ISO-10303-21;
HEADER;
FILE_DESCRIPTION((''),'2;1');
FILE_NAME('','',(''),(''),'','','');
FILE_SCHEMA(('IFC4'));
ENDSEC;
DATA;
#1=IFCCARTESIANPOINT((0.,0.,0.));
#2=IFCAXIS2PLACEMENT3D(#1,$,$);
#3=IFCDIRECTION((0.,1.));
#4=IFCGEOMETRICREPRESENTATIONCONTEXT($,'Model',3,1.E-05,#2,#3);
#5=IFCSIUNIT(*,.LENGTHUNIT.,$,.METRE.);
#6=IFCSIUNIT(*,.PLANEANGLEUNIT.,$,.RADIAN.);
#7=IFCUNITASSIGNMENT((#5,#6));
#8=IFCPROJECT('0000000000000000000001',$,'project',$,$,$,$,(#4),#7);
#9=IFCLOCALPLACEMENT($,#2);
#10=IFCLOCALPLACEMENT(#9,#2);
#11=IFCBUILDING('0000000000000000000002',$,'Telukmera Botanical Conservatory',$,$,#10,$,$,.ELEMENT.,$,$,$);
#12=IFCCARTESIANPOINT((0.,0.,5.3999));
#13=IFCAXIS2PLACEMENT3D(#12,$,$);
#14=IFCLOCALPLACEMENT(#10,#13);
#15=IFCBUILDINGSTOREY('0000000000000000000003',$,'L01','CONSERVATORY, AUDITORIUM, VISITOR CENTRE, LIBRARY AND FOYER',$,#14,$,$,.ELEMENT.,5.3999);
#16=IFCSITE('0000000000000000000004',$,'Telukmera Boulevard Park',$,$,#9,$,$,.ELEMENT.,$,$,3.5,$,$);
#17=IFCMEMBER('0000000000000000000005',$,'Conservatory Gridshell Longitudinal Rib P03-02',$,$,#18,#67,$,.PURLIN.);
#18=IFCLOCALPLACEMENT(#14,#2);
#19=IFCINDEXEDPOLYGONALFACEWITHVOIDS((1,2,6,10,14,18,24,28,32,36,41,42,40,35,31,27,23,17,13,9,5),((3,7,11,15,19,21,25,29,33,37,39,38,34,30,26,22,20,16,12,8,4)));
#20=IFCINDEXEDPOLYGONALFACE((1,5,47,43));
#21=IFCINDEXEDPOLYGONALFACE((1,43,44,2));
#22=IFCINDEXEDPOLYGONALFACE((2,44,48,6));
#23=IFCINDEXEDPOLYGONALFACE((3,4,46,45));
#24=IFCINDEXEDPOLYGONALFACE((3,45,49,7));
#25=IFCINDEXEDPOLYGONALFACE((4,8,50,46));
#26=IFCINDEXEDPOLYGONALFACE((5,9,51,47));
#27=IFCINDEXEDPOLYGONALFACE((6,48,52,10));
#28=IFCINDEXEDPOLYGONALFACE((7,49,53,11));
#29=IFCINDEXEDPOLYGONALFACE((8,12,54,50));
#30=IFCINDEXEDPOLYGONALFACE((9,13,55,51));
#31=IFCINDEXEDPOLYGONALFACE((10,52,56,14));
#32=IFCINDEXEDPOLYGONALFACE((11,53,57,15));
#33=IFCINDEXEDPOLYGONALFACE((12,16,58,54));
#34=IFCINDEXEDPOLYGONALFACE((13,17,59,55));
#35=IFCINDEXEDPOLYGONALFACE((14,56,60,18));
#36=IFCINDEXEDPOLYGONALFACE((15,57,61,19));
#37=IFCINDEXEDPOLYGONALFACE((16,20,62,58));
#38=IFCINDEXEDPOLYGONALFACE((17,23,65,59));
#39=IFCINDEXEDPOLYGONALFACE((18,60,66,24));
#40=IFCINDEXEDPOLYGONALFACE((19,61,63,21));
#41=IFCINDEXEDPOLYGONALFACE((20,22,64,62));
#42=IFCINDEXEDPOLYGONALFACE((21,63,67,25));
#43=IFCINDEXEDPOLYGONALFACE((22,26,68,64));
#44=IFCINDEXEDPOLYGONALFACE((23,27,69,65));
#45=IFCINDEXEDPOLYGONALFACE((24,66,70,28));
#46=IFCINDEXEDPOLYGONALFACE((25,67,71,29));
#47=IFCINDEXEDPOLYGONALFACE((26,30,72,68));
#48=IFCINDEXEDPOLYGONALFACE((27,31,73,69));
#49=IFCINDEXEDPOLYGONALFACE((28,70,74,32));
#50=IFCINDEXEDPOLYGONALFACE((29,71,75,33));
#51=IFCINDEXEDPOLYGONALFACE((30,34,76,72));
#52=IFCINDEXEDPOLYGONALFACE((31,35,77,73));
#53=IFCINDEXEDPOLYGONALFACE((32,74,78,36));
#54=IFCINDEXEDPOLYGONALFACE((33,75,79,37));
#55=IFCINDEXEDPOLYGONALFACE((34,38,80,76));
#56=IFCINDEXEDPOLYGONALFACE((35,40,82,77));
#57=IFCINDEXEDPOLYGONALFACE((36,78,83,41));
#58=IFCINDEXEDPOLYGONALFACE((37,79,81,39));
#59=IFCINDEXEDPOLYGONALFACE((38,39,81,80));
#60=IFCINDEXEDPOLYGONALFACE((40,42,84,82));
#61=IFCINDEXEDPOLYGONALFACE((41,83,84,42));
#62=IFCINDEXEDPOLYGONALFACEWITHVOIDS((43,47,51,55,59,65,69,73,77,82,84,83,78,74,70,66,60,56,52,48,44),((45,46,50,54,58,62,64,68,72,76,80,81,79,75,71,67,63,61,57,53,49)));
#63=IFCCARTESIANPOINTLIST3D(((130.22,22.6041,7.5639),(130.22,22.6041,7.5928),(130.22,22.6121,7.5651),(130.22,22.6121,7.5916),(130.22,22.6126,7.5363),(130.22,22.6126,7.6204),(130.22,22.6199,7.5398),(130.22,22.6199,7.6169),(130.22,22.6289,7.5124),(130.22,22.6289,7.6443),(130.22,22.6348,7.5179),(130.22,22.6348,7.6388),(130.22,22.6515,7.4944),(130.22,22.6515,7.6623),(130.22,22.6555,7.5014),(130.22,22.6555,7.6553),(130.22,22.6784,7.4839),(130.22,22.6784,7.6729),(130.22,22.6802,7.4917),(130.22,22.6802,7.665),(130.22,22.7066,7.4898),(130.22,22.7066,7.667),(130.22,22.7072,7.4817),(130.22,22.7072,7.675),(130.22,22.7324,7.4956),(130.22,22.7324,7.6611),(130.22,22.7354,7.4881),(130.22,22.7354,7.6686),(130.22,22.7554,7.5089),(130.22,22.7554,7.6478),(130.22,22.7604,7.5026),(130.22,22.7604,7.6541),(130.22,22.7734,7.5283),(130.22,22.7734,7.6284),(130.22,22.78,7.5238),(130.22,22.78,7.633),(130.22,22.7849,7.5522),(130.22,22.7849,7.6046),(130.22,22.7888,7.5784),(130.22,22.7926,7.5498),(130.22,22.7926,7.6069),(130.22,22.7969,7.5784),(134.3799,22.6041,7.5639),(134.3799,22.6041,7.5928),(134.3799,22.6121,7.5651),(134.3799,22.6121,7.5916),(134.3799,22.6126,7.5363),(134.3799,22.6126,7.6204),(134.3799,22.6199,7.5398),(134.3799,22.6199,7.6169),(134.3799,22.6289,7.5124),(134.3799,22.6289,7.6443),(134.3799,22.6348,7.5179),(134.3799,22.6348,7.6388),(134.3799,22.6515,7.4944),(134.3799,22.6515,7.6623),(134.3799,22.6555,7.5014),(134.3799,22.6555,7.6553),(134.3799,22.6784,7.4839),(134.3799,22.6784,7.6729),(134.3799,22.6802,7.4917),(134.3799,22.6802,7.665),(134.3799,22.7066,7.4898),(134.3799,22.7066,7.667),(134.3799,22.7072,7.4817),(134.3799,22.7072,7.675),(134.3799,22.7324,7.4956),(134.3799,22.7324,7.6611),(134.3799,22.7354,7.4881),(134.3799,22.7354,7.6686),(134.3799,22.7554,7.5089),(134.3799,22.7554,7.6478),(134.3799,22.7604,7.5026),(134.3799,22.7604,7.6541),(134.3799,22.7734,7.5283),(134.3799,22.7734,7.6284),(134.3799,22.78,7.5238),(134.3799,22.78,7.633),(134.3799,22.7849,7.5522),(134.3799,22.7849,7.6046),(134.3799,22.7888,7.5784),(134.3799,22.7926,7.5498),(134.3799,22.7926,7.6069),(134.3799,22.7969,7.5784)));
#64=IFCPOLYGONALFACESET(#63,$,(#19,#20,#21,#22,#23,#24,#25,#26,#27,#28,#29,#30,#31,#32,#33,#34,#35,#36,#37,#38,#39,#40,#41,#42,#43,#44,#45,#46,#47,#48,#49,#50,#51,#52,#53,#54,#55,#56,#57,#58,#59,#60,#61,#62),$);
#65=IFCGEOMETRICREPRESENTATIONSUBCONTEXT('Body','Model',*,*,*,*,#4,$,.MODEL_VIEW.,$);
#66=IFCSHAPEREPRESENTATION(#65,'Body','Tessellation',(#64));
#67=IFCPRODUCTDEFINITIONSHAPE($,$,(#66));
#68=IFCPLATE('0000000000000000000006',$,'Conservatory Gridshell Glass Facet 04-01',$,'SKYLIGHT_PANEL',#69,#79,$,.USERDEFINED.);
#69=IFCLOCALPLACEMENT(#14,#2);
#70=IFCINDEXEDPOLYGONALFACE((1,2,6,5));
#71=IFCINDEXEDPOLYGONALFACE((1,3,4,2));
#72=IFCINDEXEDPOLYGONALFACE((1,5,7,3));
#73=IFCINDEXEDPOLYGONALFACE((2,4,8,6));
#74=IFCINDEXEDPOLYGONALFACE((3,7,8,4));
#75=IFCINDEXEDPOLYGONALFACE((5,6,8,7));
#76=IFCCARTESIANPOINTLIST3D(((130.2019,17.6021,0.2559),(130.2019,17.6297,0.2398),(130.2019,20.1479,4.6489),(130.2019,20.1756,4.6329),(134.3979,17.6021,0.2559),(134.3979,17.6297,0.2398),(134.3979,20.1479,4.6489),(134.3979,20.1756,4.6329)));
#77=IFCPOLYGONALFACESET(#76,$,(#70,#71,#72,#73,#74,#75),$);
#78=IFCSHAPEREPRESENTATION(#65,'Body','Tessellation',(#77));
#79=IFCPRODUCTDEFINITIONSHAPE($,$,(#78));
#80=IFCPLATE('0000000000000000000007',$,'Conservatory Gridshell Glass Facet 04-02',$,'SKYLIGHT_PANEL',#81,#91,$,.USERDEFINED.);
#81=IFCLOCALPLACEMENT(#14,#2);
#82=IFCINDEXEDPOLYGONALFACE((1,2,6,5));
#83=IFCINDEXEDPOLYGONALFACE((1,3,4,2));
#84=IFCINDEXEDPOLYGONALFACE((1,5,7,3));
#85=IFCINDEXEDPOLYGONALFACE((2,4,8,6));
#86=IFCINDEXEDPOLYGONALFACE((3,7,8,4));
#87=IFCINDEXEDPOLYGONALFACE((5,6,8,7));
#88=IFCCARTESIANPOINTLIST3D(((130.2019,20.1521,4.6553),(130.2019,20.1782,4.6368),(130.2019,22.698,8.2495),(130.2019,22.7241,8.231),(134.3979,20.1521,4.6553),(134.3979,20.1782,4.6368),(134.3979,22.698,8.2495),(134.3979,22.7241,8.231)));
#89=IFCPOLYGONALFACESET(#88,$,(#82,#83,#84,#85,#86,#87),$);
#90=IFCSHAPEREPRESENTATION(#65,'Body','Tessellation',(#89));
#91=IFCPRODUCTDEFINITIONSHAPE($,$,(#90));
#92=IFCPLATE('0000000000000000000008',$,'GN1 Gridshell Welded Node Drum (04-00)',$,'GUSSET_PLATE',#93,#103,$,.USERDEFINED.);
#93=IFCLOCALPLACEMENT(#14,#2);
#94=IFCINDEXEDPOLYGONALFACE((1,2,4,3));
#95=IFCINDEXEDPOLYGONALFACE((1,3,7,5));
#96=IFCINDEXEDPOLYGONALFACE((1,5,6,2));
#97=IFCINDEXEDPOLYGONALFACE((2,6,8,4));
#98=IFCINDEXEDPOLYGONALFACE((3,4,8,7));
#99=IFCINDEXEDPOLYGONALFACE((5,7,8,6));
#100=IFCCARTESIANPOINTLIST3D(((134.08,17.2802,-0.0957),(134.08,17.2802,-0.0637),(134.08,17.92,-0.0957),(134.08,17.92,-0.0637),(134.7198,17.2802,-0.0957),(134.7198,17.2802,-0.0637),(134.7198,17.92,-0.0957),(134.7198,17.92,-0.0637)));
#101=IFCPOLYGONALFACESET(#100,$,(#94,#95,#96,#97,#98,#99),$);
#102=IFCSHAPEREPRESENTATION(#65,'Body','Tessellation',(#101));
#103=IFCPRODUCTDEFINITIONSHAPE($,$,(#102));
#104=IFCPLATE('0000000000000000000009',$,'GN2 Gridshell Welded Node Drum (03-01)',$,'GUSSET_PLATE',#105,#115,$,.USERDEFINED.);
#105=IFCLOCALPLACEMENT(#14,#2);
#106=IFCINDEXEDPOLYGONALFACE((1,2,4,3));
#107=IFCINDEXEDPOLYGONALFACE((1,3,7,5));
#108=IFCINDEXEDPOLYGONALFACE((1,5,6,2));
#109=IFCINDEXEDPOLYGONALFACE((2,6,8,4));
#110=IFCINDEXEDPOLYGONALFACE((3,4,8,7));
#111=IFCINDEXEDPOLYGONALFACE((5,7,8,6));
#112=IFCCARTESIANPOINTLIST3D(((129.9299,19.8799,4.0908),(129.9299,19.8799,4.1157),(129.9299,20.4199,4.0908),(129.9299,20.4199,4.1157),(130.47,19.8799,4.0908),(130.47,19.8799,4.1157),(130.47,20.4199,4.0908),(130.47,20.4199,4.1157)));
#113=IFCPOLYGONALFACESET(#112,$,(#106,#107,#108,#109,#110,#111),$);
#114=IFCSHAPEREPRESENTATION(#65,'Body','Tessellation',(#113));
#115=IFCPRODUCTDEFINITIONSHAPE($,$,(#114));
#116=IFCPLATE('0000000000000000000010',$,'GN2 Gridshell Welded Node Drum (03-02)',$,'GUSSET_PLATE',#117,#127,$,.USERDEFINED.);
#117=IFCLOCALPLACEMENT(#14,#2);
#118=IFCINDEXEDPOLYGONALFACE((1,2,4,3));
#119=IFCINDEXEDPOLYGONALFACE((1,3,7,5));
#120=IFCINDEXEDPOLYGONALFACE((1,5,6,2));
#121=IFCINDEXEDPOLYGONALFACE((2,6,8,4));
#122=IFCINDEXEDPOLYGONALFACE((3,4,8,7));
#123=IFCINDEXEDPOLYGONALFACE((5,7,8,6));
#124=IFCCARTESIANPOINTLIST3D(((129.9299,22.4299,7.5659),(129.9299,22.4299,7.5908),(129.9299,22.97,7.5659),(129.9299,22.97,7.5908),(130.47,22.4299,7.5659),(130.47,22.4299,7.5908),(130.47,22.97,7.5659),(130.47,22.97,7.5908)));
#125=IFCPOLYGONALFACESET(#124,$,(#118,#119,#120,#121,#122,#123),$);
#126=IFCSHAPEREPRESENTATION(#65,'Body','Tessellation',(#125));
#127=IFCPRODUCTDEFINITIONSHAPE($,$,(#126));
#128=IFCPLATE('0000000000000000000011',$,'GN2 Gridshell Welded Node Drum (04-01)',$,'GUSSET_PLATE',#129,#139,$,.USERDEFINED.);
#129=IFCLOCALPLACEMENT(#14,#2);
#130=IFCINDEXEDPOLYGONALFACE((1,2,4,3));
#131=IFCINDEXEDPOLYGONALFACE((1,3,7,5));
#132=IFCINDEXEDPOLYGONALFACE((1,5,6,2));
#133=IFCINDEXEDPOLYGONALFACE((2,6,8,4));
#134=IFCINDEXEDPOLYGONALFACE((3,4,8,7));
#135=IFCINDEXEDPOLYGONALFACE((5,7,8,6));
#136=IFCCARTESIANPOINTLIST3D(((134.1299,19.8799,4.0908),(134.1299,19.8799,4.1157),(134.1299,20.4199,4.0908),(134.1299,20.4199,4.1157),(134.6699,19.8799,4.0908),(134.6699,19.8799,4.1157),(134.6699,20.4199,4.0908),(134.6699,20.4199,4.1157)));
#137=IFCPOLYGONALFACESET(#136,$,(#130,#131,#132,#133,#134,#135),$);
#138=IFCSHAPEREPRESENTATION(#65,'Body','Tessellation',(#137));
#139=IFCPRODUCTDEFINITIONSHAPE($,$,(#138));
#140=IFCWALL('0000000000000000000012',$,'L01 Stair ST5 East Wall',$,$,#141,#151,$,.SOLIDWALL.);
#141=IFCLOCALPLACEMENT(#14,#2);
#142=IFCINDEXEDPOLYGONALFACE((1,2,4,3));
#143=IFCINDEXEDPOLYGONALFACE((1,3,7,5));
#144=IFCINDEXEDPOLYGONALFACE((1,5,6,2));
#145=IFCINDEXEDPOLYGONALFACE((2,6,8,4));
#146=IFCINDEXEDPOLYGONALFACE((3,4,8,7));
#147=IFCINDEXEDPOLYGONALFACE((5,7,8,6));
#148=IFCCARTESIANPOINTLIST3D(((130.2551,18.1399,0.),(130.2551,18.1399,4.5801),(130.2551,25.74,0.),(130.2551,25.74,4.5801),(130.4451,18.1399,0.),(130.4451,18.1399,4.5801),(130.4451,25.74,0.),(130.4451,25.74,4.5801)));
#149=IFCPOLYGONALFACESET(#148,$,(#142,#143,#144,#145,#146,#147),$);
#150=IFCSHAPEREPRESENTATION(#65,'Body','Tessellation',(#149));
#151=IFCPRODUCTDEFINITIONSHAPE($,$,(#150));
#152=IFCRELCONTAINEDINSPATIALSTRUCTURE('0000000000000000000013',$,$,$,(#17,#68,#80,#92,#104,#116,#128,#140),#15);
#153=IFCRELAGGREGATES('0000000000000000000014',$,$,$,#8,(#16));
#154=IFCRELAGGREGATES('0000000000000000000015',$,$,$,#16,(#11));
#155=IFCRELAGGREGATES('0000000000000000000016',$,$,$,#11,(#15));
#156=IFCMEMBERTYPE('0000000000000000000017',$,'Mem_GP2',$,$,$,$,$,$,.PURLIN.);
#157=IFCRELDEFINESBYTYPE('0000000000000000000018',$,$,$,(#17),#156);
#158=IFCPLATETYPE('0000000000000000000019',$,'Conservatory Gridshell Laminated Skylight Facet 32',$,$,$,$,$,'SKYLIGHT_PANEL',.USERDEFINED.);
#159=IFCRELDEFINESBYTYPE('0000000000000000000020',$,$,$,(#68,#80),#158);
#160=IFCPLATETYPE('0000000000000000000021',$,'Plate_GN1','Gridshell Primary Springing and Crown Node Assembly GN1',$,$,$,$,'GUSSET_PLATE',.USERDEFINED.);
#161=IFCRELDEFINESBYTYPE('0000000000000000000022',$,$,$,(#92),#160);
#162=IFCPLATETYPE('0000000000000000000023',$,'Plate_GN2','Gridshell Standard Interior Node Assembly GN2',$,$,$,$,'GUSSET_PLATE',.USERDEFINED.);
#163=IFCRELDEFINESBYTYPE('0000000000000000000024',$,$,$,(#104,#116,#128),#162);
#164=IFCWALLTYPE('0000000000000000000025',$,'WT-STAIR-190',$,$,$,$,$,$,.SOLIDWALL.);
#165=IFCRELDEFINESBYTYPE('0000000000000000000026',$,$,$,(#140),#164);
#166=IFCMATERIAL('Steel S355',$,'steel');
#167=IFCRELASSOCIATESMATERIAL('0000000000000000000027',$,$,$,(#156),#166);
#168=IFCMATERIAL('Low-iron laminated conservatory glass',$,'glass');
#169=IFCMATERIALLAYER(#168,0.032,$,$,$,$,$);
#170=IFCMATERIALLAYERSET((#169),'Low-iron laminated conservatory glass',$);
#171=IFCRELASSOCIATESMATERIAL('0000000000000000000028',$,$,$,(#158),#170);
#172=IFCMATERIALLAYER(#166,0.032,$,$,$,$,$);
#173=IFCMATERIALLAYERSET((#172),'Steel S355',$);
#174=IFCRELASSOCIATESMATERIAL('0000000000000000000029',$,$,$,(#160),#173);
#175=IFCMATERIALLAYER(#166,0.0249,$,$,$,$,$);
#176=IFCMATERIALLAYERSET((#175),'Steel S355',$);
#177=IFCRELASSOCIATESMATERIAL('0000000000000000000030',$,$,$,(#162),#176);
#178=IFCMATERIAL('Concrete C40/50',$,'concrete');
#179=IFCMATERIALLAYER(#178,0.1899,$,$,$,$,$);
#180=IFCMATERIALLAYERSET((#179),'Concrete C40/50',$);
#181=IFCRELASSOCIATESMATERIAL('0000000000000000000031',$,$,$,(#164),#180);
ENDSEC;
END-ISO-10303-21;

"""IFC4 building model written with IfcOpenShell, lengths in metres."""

from ifc_helpers import new_model, si_unit, direction, frame, frame_2d, origin, origin_2d, place, context, subcontext, project, spatial, polyline, rectangle, hollow_circle, outline, extrude, material, layer, layer_set, material_profile, profile_set, type_object, element, save


model = new_model("IFC4")

# Units and contexts
model_context = context("Model", 3, precision=1e-05, world=origin(), true_north=direction((0.0, 1.0)))
body_context = subcontext(model_context, "Body", "Model", "MODEL_VIEW")
ifc_project = project(units=[si_unit("LENGTHUNIT", "METRE"), si_unit("PLANEANGLEUNIT", "RADIAN")], contexts=[model_context])

# Site, building, storey
site_placement = place(None, origin())
site = spatial("IfcSite", under=ifc_project, at=site_placement, Name="Telukmera Boulevard Park", CompositionType="ELEMENT", RefElevation=3.5)
building_placement = place(site_placement, origin())
building = spatial("IfcBuilding", under=site, at=building_placement, Name="Telukmera Botanical Conservatory", CompositionType="ELEMENT")
storey_placement = place(building_placement, frame((0.0, 0.0, 5.3999)))
storey = spatial("IfcBuildingStorey", under=building, at=storey_placement, Name="L01", Description="CONSERVATORY, AUDITORIUM, VISITOR CENTRE, LIBRARY AND FOYER", CompositionType="ELEMENT", Elevation=5.3999)

# Shared definitions
ifc_material_1 = material(Name="Steel S355", Category="steel")

# Member
ifc_material_profile_1 = material_profile(ifc_material_1, hollow_circle(Radius=0.0969, WallThickness=0.0081, at=origin_2d()), Name="CHS 193.7x8.0")
ifc_profile_set_1 = profile_set([ifc_material_profile_1], Name="Steel S355")
member_type_1 = type_object("IfcMemberType", Name="Mem_GP2", PredefinedType="PURLIN", material=ifc_profile_set_1)
for number, where, z_axis, x_axis, name in (
    (1, (130.22, 22.7, 7.5784), (1.0, 0.0, 0.0), (0.0, 1.0, 0.0), "Conservatory Gridshell Longitudinal Rib P03-02"),
):
    element("IfcMember", number, at=place(storey_placement, frame(where, z_axis=z_axis, x_axis=x_axis)), inside=storey, type_object=member_type_1, Name=name, PredefinedType="PURLIN", context=body_context, shape_type="SweptSolid", body=[
        extrude(hollow_circle(Radius=0.0969, WallThickness=0.0081, at=origin_2d()), origin(), (0.0, 0.0, 1.0), 4.1599),
    ])

# Plates
ifc_material_2 = material(Name="Low-iron laminated conservatory glass", Category="glass")
ifc_layer_1 = layer(ifc_material_2, 0.032)
ifc_layer_set_1 = layer_set([ifc_layer_1], Name="Low-iron laminated conservatory glass")
plate_type_1 = type_object("IfcPlateType", Name="Conservatory Gridshell Laminated Skylight Facet 32", ElementType="SKYLIGHT_PANEL", PredefinedType="USERDEFINED", material=ifc_layer_set_1)
plate_1_placement = place(storey_placement, frame((130.2019, 17.6021, 0.2559), z_axis=(0.0, -0.865209, 0.501412), x_axis=(1.0, 0.0, 0.0)))
element("IfcPlate", 2, at=plate_1_placement, inside=storey, type_object=plate_type_1, Name="Conservatory Gridshell Glass Facet 04-01", ObjectType="SKYLIGHT_PANEL", PredefinedType="USERDEFINED", context=body_context, shape_type="SweptSolid", body=[
    extrude(outline(polyline([(0.0, 0.0), (4.196, 0.0), (4.196, 5.0775), (0.0, 5.0775), (0.0, 0.0)])), origin(), (0.0, 0.0, -1.0), 0.032),
])
plate_2_placement = place(storey_placement, frame((130.2019, 20.1521, 4.6553), z_axis=(0.0, -0.816027, 0.578014), x_axis=(1.0, 0.0, 0.0)))
element("IfcPlate", 3, at=plate_2_placement, inside=storey, type_object=plate_type_1, Name="Conservatory Gridshell Glass Facet 04-02", ObjectType="SKYLIGHT_PANEL", PredefinedType="USERDEFINED", context=body_context, shape_type="SweptSolid", body=[
    extrude(outline(polyline([(0.0, 0.0), (4.196, 0.0), (4.196, 4.4046), (0.0, 4.4046), (0.0, 0.0)])), origin(), (0.0, 0.0, -1.0), 0.032),
])
ifc_layer_2 = layer(ifc_material_1, 0.032)
ifc_layer_set_2 = layer_set([ifc_layer_2], Name="Steel S355")
plate_type_2 = type_object("IfcPlateType", Name="Plate_GN1", Description="Gridshell Primary Springing and Crown Node Assembly GN1", ElementType="GUSSET_PLATE", PredefinedType="USERDEFINED", material=ifc_layer_set_2)
plate_3_placement = place(storey_placement, frame((134.3999, 17.6001, -0.0957), z_axis=(0.0, 0.0, 1.0), x_axis=(1.0, 0.0, 0.0)))
element("IfcPlate", 4, at=plate_3_placement, inside=storey, type_object=plate_type_2, Name="GN1 Gridshell Welded Node Drum (04-00)", ObjectType="GUSSET_PLATE", PredefinedType="USERDEFINED", context=body_context, shape_type="SweptSolid", body=[
    extrude(rectangle(XDim=0.6399, YDim=0.6399, at=origin_2d()), origin(), (0.0, 0.0, 1.0), 0.032),
])
ifc_layer_3 = layer(ifc_material_1, 0.0249)
ifc_layer_set_3 = layer_set([ifc_layer_3], Name="Steel S355")
plate_type_3 = type_object("IfcPlateType", Name="Plate_GN2", Description="Gridshell Standard Interior Node Assembly GN2", ElementType="GUSSET_PLATE", PredefinedType="USERDEFINED", material=ifc_layer_set_3)
for number, where, z_axis, x_axis, name in (
    (5, (130.2, 20.1499, 4.0908), (0.0, 0.0, 1.0), (1.0, 0.0, 0.0), "GN2 Gridshell Welded Node Drum (03-01)"),
    (6, (130.2, 22.7, 7.5659), (0.0, 0.0, 1.0), (1.0, 0.0, 0.0), "GN2 Gridshell Welded Node Drum (03-02)"),
    (7, (134.3999, 20.1499, 4.0908), (0.0, 0.0, 1.0), (1.0, 0.0, 0.0), "GN2 Gridshell Welded Node Drum (04-01)"),
):
    element("IfcPlate", number, at=place(storey_placement, frame(where, z_axis=z_axis, x_axis=x_axis)), inside=storey, type_object=plate_type_3, Name=name, ObjectType="GUSSET_PLATE", PredefinedType="USERDEFINED", context=body_context, shape_type="SweptSolid", body=[
        extrude(rectangle(XDim=0.54, YDim=0.54, at=origin_2d()), origin(), (0.0, 0.0, 1.0), 0.0249),
    ])

# Wall
ifc_material_3 = material(Name="Concrete C40/50", Category="concrete")
ifc_layer_4 = layer(ifc_material_3, 0.1899)
ifc_layer_set_4 = layer_set([ifc_layer_4], Name="Concrete C40/50")
wall_type = type_object("IfcWallType", Name="WT-STAIR-190", PredefinedType="SOLIDWALL", material=ifc_layer_set_4)
wall_placement = place(storey_placement, frame((130.3501, 18.1399, 0.0), z_axis=(0.0, 0.0, 1.0), x_axis=(0.0, 1.0, 0.0)))
element("IfcWall", 8, at=wall_placement, inside=storey, type_object=wall_type, Name="L01 Stair ST5 East Wall", PredefinedType="SOLIDWALL", context=body_context, shape_type="SweptSolid", body=[
    extrude(rectangle(XDim=7.6001, YDim=0.1899, at=frame_2d((3.8, 0.0))), origin(), (0.0, 0.0, 1.0), 4.5801),
])

save(model, "model.ifc")
